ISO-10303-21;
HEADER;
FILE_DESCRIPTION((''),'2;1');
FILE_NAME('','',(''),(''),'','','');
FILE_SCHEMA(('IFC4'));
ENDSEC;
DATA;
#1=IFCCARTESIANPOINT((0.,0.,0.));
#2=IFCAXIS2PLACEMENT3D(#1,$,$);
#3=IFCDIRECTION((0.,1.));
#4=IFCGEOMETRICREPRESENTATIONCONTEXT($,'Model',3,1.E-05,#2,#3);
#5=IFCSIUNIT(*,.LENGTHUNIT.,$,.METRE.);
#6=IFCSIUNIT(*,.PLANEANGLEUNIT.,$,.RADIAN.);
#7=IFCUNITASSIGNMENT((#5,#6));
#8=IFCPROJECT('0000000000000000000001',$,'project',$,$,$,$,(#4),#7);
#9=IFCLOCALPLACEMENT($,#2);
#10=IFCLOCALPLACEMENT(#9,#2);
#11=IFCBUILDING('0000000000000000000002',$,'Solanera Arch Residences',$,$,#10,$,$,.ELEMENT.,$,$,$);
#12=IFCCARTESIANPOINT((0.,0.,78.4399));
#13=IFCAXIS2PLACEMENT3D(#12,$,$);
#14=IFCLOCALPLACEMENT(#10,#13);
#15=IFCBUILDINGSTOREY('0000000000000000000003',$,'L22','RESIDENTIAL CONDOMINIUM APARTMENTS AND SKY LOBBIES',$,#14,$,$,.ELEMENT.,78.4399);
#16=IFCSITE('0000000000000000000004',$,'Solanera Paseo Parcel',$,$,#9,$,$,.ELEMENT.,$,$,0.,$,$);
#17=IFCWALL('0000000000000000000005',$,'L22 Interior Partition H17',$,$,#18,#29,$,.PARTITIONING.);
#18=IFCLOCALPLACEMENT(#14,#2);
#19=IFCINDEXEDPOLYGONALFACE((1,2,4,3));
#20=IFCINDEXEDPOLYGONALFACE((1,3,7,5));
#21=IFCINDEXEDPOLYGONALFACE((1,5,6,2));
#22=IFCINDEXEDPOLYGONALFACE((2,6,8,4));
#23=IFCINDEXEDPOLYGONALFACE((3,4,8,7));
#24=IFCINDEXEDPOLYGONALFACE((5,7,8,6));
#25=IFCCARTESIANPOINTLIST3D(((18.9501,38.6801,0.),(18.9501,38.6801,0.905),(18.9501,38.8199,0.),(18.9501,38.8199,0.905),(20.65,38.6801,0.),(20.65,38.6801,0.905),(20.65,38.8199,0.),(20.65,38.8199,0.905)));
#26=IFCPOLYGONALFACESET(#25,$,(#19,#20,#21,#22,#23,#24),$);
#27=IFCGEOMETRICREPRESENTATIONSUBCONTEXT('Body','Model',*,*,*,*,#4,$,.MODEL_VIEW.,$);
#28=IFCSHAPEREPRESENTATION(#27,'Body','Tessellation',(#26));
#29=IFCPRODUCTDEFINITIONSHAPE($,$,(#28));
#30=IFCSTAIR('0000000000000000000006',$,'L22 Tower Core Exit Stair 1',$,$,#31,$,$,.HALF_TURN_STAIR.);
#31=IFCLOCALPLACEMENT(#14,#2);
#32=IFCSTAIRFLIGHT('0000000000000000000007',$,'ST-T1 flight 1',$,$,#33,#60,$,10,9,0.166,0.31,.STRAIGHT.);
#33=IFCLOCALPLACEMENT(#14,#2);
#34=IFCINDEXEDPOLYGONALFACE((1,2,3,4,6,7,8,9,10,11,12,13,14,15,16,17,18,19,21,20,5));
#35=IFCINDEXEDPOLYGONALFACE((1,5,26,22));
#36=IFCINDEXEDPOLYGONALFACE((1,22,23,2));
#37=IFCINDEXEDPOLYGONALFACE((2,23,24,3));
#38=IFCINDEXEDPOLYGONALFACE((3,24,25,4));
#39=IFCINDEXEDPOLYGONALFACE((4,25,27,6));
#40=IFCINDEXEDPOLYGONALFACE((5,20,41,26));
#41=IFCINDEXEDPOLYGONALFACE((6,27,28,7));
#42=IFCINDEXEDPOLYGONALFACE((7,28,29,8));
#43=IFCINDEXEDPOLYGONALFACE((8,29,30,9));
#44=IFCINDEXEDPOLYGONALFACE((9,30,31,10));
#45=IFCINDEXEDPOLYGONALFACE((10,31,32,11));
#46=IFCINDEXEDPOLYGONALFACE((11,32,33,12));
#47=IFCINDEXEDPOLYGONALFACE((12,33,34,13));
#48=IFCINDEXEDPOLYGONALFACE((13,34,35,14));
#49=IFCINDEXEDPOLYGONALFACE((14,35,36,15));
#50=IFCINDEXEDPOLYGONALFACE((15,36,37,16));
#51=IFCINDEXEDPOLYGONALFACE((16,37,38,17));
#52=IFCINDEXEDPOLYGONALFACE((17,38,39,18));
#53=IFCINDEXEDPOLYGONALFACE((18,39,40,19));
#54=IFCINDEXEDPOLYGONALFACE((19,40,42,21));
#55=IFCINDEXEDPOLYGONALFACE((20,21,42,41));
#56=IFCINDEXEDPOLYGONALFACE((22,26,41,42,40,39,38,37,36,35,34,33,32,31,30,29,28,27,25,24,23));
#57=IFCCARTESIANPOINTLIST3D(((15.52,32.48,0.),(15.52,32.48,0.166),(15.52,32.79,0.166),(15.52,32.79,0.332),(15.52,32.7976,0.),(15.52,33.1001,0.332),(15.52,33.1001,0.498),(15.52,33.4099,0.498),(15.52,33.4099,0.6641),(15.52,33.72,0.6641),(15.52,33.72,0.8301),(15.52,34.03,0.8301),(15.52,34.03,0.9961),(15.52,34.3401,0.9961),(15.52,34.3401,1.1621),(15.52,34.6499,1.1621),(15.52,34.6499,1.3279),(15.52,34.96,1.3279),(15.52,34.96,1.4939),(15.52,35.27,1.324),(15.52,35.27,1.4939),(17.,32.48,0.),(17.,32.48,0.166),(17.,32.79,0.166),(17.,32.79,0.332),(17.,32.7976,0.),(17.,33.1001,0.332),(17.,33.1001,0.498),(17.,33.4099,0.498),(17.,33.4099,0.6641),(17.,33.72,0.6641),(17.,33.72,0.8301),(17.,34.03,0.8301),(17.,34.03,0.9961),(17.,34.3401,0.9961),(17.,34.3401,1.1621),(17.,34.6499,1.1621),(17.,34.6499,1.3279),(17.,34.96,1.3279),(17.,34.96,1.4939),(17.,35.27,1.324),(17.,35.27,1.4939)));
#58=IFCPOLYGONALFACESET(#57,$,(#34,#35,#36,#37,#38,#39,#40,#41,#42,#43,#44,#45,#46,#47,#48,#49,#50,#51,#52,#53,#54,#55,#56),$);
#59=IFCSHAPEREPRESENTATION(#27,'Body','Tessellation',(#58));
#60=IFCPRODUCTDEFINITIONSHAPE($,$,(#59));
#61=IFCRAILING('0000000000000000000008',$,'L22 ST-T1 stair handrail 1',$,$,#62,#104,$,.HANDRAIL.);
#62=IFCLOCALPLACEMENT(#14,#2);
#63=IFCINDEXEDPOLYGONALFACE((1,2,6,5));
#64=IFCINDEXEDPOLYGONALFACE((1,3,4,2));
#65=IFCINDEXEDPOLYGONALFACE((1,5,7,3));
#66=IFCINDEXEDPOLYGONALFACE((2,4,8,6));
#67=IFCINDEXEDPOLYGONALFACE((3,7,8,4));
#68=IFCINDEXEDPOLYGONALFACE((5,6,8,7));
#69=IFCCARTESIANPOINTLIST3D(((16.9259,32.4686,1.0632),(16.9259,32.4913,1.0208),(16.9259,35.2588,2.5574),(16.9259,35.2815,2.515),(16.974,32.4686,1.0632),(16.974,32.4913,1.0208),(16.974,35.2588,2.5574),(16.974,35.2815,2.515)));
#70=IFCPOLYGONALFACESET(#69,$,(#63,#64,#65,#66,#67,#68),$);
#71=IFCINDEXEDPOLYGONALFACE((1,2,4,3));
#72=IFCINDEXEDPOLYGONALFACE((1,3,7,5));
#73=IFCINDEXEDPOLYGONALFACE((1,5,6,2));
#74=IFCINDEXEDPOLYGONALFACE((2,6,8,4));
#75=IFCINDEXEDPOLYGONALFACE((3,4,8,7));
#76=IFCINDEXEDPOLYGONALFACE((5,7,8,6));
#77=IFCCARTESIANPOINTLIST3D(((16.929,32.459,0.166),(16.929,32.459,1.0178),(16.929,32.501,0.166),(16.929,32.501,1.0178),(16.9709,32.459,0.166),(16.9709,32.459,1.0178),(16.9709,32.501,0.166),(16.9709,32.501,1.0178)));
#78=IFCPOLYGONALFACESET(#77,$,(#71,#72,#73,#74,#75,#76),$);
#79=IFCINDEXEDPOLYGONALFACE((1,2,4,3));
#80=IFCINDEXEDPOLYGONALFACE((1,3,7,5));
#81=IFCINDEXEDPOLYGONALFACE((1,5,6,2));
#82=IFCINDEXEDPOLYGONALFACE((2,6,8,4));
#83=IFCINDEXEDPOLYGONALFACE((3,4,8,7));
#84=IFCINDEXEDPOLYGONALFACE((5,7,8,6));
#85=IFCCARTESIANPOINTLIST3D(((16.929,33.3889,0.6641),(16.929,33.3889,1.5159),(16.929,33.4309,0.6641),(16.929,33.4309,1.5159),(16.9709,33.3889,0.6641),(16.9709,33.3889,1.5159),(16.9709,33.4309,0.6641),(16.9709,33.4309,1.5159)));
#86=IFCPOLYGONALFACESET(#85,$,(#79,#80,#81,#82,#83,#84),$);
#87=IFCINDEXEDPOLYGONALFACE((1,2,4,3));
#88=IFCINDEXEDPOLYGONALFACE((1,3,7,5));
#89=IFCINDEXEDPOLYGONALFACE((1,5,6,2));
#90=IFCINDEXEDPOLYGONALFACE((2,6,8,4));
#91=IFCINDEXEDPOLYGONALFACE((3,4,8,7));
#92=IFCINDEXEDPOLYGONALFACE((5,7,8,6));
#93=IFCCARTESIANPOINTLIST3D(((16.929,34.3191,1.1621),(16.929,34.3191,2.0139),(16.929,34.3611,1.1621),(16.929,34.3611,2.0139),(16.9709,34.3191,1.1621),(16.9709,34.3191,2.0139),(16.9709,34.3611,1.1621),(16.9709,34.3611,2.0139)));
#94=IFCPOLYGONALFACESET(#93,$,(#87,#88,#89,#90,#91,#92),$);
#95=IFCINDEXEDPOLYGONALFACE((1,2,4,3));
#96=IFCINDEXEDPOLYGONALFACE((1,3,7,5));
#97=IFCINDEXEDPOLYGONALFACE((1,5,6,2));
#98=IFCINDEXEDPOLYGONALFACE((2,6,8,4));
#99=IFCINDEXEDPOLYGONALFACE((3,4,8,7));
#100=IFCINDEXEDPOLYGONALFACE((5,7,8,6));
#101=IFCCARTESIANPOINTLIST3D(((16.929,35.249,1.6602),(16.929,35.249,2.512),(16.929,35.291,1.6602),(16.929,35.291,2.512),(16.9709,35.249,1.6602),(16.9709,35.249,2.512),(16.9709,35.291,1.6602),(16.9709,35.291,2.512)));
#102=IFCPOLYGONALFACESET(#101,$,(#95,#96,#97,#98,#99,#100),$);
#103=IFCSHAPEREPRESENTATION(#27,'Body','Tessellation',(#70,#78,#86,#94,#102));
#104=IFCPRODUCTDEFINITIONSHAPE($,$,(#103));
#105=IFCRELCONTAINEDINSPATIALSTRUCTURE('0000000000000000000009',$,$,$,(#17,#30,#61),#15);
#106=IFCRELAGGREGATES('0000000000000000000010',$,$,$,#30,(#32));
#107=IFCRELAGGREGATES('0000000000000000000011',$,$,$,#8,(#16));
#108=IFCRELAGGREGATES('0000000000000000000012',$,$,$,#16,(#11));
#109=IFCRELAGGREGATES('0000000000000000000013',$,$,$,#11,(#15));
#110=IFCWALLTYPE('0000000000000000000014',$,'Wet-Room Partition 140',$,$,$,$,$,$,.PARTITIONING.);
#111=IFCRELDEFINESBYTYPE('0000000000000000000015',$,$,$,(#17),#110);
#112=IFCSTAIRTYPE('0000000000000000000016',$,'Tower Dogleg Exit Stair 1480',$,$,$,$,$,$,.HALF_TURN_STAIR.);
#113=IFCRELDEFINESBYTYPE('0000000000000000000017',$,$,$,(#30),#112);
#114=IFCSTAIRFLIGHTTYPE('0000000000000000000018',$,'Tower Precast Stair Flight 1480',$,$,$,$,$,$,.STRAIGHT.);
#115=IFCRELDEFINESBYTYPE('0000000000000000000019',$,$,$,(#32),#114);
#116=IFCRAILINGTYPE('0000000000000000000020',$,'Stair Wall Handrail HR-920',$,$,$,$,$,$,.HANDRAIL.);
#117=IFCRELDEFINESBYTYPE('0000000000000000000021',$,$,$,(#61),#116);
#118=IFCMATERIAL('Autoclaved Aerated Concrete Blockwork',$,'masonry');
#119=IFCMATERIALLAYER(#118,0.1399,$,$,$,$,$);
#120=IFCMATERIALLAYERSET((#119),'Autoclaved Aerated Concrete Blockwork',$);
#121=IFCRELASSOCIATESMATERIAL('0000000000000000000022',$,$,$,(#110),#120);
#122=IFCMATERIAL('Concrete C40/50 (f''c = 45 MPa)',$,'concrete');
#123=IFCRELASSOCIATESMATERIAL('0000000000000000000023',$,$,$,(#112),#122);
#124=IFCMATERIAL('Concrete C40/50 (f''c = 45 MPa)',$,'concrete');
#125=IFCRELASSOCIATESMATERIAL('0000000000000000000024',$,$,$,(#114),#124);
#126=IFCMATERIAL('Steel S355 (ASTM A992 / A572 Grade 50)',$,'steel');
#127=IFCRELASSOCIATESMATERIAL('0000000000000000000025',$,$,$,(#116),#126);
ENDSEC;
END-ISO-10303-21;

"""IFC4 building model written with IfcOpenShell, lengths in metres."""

from ifc_helpers import new_model, si_unit, direction, frame, frame_2d, origin, origin_2d, place, context, subcontext, project, spatial, polyline, rectangle, outline, extrude, material, layer, layer_set, type_object, element, aggregate, save


model = new_model("IFC4")

# Units and contexts
model_context = context("Model", 3, precision=1e-05, world=origin(), true_north=direction((0.0, 1.0)))
body_context = subcontext(model_context, "Body", "Model", "MODEL_VIEW")
ifc_project = project(units=[si_unit("LENGTHUNIT", "METRE"), si_unit("PLANEANGLEUNIT", "RADIAN")], contexts=[model_context])

# Site, building, storey
site_placement = place(None, origin())
site = spatial("IfcSite", under=ifc_project, at=site_placement, Name="Solanera Paseo Parcel", CompositionType="ELEMENT", RefElevation=0.0)
building_placement = place(site_placement, origin())
building = spatial("IfcBuilding", under=site, at=building_placement, Name="Solanera Arch Residences", CompositionType="ELEMENT")
storey_placement = place(building_placement, frame((0.0, 0.0, 78.4399)))
storey = spatial("IfcBuildingStorey", under=building, at=storey_placement, Name="L22", Description="RESIDENTIAL CONDOMINIUM APARTMENTS AND SKY LOBBIES", CompositionType="ELEMENT", Elevation=78.4399)

# Wall
ifc_material_1 = material(Name="Autoclaved Aerated Concrete Blockwork", Category="masonry")
ifc_layer_1 = layer(ifc_material_1, 0.1399)
ifc_layer_set_1 = layer_set([ifc_layer_1], Name="Autoclaved Aerated Concrete Blockwork")
wall_type_1 = type_object("IfcWallType", Name="Wet-Room Partition 140", PredefinedType="PARTITIONING", material=ifc_layer_set_1)
wall_1_placement = place(storey_placement, frame((18.95, 38.75, 0.0), z_axis=(0.0, 0.0, 1.0), x_axis=(1.0, 0.0, 0.0)))
element("IfcWall", 1, at=wall_1_placement, inside=storey, type_object=wall_type_1, Name="L22 Interior Partition H17", PredefinedType="PARTITIONING", context=body_context, shape_type="SweptSolid", body=[
    extrude(rectangle(XDim=1.7, YDim=0.1399, at=frame_2d((0.8501, 0.0))), origin(), (0.0, 0.0, 1.0), 0.905),
])

# Stair, stair flight
ifc_material_2 = material(Name="Concrete C40/50 (f'c = 45 MPa)", Category="concrete")
stair_type = type_object("IfcStairType", Name="Tower Dogleg Exit Stair 1480", PredefinedType="HALF_TURN_STAIR", material=ifc_material_2)
stair_placement = place(storey_placement, origin())
stair = element("IfcStair", 2, at=stair_placement, inside=storey, type_object=stair_type, Name="L22 Tower Core Exit Stair 1", PredefinedType="HALF_TURN_STAIR")
ifc_material_3 = material(Name="Concrete C40/50 (f'c = 45 MPa)", Category="concrete")
stair_flight_type = type_object("IfcStairFlightType", Name="Tower Precast Stair Flight 1480", PredefinedType="STRAIGHT", material=ifc_material_3)
stair_flight_placement = place(storey_placement, frame((16.26, 32.48, 0.0), z_axis=(0.0, 0.0, 1.0), x_axis=(0.0, 1.0, 0.0)))
stair_flight = element("IfcStairFlight", 3, at=stair_flight_placement, type_object=stair_flight_type, Name="ST-T1 flight 1", NumberOfRisers=10, NumberOfTreads=9, PredefinedType="STRAIGHT", RiserHeight=0.166, TreadLength=0.31, context=body_context, shape_type="SweptSolid", body=[
    extrude(outline(polyline([(0.0, 0.0), (0.0, 0.166), (0.3101, 0.166), (0.3101, 0.332), (0.6201, 0.332), (0.6201, 0.498), (0.9299, 0.498), (0.9299, 0.6641), (1.24, 0.6641), (1.24, 0.8301), (1.55, 0.8301), (1.55, 0.9961), (1.8601, 0.9961), (1.8601, 1.1621), (2.1699, 1.1621), (2.1699, 1.3279), (2.48, 1.3279), (2.48, 1.4939), (2.79, 1.4939), (2.79, 1.6599), (2.79, 1.324), (0.3176, 0.0), (0.0, 0.0)])), frame((0.0, 0.74, 0.0), z_axis=(0.0, -1.0, 0.0), x_axis=(1.0, 0.0, 0.0)), (0.0, 0.0, 1.0), 1.48),
])
aggregate(stair, [stair_flight])

# Railing
ifc_material_4 = material(Name="Steel S355 (ASTM A992 / A572 Grade 50)", Category="steel")
railing_type = type_object("IfcRailingType", Name="Stair Wall Handrail HR-920", PredefinedType="HANDRAIL", material=ifc_material_4)
railing_placement = place(storey_placement, frame((16.95, 32.48, 0.166)))
element("IfcRailing", 4, at=railing_placement, inside=storey, type_object=railing_type, Name="L22 ST-T1 stair handrail 1", PredefinedType="HANDRAIL", context=body_context, shape_type="SweptSolid", body=[
    extrude(rectangle(XDim=0.0481, YDim=0.0481, at=origin_2d()), frame((0.0, 0.0, 0.876), z_axis=(0.0, 0.881549, 0.472093), x_axis=(-1.0, 0.0, 0.0)), (0.0, 0.0, 1.0), 3.165),
    extrude(rectangle(XDim=0.042, YDim=0.042, at=origin_2d()), origin(), (0.0, 0.0, 1.0), 0.8518),
    extrude(rectangle(XDim=0.042, YDim=0.042, at=origin_2d()), frame((0.0, 0.9299, 0.498)), (0.0, 0.0, 1.0), 0.8518),
    extrude(rectangle(XDim=0.042, YDim=0.042, at=origin_2d()), frame((0.0, 1.8601, 0.9961)), (0.0, 0.0, 1.0), 0.8518),
    extrude(rectangle(XDim=0.042, YDim=0.042, at=origin_2d()), frame((0.0, 2.79, 1.4941)), (0.0, 0.0, 1.0), 0.8518),
])

save(model, "model.ifc")
